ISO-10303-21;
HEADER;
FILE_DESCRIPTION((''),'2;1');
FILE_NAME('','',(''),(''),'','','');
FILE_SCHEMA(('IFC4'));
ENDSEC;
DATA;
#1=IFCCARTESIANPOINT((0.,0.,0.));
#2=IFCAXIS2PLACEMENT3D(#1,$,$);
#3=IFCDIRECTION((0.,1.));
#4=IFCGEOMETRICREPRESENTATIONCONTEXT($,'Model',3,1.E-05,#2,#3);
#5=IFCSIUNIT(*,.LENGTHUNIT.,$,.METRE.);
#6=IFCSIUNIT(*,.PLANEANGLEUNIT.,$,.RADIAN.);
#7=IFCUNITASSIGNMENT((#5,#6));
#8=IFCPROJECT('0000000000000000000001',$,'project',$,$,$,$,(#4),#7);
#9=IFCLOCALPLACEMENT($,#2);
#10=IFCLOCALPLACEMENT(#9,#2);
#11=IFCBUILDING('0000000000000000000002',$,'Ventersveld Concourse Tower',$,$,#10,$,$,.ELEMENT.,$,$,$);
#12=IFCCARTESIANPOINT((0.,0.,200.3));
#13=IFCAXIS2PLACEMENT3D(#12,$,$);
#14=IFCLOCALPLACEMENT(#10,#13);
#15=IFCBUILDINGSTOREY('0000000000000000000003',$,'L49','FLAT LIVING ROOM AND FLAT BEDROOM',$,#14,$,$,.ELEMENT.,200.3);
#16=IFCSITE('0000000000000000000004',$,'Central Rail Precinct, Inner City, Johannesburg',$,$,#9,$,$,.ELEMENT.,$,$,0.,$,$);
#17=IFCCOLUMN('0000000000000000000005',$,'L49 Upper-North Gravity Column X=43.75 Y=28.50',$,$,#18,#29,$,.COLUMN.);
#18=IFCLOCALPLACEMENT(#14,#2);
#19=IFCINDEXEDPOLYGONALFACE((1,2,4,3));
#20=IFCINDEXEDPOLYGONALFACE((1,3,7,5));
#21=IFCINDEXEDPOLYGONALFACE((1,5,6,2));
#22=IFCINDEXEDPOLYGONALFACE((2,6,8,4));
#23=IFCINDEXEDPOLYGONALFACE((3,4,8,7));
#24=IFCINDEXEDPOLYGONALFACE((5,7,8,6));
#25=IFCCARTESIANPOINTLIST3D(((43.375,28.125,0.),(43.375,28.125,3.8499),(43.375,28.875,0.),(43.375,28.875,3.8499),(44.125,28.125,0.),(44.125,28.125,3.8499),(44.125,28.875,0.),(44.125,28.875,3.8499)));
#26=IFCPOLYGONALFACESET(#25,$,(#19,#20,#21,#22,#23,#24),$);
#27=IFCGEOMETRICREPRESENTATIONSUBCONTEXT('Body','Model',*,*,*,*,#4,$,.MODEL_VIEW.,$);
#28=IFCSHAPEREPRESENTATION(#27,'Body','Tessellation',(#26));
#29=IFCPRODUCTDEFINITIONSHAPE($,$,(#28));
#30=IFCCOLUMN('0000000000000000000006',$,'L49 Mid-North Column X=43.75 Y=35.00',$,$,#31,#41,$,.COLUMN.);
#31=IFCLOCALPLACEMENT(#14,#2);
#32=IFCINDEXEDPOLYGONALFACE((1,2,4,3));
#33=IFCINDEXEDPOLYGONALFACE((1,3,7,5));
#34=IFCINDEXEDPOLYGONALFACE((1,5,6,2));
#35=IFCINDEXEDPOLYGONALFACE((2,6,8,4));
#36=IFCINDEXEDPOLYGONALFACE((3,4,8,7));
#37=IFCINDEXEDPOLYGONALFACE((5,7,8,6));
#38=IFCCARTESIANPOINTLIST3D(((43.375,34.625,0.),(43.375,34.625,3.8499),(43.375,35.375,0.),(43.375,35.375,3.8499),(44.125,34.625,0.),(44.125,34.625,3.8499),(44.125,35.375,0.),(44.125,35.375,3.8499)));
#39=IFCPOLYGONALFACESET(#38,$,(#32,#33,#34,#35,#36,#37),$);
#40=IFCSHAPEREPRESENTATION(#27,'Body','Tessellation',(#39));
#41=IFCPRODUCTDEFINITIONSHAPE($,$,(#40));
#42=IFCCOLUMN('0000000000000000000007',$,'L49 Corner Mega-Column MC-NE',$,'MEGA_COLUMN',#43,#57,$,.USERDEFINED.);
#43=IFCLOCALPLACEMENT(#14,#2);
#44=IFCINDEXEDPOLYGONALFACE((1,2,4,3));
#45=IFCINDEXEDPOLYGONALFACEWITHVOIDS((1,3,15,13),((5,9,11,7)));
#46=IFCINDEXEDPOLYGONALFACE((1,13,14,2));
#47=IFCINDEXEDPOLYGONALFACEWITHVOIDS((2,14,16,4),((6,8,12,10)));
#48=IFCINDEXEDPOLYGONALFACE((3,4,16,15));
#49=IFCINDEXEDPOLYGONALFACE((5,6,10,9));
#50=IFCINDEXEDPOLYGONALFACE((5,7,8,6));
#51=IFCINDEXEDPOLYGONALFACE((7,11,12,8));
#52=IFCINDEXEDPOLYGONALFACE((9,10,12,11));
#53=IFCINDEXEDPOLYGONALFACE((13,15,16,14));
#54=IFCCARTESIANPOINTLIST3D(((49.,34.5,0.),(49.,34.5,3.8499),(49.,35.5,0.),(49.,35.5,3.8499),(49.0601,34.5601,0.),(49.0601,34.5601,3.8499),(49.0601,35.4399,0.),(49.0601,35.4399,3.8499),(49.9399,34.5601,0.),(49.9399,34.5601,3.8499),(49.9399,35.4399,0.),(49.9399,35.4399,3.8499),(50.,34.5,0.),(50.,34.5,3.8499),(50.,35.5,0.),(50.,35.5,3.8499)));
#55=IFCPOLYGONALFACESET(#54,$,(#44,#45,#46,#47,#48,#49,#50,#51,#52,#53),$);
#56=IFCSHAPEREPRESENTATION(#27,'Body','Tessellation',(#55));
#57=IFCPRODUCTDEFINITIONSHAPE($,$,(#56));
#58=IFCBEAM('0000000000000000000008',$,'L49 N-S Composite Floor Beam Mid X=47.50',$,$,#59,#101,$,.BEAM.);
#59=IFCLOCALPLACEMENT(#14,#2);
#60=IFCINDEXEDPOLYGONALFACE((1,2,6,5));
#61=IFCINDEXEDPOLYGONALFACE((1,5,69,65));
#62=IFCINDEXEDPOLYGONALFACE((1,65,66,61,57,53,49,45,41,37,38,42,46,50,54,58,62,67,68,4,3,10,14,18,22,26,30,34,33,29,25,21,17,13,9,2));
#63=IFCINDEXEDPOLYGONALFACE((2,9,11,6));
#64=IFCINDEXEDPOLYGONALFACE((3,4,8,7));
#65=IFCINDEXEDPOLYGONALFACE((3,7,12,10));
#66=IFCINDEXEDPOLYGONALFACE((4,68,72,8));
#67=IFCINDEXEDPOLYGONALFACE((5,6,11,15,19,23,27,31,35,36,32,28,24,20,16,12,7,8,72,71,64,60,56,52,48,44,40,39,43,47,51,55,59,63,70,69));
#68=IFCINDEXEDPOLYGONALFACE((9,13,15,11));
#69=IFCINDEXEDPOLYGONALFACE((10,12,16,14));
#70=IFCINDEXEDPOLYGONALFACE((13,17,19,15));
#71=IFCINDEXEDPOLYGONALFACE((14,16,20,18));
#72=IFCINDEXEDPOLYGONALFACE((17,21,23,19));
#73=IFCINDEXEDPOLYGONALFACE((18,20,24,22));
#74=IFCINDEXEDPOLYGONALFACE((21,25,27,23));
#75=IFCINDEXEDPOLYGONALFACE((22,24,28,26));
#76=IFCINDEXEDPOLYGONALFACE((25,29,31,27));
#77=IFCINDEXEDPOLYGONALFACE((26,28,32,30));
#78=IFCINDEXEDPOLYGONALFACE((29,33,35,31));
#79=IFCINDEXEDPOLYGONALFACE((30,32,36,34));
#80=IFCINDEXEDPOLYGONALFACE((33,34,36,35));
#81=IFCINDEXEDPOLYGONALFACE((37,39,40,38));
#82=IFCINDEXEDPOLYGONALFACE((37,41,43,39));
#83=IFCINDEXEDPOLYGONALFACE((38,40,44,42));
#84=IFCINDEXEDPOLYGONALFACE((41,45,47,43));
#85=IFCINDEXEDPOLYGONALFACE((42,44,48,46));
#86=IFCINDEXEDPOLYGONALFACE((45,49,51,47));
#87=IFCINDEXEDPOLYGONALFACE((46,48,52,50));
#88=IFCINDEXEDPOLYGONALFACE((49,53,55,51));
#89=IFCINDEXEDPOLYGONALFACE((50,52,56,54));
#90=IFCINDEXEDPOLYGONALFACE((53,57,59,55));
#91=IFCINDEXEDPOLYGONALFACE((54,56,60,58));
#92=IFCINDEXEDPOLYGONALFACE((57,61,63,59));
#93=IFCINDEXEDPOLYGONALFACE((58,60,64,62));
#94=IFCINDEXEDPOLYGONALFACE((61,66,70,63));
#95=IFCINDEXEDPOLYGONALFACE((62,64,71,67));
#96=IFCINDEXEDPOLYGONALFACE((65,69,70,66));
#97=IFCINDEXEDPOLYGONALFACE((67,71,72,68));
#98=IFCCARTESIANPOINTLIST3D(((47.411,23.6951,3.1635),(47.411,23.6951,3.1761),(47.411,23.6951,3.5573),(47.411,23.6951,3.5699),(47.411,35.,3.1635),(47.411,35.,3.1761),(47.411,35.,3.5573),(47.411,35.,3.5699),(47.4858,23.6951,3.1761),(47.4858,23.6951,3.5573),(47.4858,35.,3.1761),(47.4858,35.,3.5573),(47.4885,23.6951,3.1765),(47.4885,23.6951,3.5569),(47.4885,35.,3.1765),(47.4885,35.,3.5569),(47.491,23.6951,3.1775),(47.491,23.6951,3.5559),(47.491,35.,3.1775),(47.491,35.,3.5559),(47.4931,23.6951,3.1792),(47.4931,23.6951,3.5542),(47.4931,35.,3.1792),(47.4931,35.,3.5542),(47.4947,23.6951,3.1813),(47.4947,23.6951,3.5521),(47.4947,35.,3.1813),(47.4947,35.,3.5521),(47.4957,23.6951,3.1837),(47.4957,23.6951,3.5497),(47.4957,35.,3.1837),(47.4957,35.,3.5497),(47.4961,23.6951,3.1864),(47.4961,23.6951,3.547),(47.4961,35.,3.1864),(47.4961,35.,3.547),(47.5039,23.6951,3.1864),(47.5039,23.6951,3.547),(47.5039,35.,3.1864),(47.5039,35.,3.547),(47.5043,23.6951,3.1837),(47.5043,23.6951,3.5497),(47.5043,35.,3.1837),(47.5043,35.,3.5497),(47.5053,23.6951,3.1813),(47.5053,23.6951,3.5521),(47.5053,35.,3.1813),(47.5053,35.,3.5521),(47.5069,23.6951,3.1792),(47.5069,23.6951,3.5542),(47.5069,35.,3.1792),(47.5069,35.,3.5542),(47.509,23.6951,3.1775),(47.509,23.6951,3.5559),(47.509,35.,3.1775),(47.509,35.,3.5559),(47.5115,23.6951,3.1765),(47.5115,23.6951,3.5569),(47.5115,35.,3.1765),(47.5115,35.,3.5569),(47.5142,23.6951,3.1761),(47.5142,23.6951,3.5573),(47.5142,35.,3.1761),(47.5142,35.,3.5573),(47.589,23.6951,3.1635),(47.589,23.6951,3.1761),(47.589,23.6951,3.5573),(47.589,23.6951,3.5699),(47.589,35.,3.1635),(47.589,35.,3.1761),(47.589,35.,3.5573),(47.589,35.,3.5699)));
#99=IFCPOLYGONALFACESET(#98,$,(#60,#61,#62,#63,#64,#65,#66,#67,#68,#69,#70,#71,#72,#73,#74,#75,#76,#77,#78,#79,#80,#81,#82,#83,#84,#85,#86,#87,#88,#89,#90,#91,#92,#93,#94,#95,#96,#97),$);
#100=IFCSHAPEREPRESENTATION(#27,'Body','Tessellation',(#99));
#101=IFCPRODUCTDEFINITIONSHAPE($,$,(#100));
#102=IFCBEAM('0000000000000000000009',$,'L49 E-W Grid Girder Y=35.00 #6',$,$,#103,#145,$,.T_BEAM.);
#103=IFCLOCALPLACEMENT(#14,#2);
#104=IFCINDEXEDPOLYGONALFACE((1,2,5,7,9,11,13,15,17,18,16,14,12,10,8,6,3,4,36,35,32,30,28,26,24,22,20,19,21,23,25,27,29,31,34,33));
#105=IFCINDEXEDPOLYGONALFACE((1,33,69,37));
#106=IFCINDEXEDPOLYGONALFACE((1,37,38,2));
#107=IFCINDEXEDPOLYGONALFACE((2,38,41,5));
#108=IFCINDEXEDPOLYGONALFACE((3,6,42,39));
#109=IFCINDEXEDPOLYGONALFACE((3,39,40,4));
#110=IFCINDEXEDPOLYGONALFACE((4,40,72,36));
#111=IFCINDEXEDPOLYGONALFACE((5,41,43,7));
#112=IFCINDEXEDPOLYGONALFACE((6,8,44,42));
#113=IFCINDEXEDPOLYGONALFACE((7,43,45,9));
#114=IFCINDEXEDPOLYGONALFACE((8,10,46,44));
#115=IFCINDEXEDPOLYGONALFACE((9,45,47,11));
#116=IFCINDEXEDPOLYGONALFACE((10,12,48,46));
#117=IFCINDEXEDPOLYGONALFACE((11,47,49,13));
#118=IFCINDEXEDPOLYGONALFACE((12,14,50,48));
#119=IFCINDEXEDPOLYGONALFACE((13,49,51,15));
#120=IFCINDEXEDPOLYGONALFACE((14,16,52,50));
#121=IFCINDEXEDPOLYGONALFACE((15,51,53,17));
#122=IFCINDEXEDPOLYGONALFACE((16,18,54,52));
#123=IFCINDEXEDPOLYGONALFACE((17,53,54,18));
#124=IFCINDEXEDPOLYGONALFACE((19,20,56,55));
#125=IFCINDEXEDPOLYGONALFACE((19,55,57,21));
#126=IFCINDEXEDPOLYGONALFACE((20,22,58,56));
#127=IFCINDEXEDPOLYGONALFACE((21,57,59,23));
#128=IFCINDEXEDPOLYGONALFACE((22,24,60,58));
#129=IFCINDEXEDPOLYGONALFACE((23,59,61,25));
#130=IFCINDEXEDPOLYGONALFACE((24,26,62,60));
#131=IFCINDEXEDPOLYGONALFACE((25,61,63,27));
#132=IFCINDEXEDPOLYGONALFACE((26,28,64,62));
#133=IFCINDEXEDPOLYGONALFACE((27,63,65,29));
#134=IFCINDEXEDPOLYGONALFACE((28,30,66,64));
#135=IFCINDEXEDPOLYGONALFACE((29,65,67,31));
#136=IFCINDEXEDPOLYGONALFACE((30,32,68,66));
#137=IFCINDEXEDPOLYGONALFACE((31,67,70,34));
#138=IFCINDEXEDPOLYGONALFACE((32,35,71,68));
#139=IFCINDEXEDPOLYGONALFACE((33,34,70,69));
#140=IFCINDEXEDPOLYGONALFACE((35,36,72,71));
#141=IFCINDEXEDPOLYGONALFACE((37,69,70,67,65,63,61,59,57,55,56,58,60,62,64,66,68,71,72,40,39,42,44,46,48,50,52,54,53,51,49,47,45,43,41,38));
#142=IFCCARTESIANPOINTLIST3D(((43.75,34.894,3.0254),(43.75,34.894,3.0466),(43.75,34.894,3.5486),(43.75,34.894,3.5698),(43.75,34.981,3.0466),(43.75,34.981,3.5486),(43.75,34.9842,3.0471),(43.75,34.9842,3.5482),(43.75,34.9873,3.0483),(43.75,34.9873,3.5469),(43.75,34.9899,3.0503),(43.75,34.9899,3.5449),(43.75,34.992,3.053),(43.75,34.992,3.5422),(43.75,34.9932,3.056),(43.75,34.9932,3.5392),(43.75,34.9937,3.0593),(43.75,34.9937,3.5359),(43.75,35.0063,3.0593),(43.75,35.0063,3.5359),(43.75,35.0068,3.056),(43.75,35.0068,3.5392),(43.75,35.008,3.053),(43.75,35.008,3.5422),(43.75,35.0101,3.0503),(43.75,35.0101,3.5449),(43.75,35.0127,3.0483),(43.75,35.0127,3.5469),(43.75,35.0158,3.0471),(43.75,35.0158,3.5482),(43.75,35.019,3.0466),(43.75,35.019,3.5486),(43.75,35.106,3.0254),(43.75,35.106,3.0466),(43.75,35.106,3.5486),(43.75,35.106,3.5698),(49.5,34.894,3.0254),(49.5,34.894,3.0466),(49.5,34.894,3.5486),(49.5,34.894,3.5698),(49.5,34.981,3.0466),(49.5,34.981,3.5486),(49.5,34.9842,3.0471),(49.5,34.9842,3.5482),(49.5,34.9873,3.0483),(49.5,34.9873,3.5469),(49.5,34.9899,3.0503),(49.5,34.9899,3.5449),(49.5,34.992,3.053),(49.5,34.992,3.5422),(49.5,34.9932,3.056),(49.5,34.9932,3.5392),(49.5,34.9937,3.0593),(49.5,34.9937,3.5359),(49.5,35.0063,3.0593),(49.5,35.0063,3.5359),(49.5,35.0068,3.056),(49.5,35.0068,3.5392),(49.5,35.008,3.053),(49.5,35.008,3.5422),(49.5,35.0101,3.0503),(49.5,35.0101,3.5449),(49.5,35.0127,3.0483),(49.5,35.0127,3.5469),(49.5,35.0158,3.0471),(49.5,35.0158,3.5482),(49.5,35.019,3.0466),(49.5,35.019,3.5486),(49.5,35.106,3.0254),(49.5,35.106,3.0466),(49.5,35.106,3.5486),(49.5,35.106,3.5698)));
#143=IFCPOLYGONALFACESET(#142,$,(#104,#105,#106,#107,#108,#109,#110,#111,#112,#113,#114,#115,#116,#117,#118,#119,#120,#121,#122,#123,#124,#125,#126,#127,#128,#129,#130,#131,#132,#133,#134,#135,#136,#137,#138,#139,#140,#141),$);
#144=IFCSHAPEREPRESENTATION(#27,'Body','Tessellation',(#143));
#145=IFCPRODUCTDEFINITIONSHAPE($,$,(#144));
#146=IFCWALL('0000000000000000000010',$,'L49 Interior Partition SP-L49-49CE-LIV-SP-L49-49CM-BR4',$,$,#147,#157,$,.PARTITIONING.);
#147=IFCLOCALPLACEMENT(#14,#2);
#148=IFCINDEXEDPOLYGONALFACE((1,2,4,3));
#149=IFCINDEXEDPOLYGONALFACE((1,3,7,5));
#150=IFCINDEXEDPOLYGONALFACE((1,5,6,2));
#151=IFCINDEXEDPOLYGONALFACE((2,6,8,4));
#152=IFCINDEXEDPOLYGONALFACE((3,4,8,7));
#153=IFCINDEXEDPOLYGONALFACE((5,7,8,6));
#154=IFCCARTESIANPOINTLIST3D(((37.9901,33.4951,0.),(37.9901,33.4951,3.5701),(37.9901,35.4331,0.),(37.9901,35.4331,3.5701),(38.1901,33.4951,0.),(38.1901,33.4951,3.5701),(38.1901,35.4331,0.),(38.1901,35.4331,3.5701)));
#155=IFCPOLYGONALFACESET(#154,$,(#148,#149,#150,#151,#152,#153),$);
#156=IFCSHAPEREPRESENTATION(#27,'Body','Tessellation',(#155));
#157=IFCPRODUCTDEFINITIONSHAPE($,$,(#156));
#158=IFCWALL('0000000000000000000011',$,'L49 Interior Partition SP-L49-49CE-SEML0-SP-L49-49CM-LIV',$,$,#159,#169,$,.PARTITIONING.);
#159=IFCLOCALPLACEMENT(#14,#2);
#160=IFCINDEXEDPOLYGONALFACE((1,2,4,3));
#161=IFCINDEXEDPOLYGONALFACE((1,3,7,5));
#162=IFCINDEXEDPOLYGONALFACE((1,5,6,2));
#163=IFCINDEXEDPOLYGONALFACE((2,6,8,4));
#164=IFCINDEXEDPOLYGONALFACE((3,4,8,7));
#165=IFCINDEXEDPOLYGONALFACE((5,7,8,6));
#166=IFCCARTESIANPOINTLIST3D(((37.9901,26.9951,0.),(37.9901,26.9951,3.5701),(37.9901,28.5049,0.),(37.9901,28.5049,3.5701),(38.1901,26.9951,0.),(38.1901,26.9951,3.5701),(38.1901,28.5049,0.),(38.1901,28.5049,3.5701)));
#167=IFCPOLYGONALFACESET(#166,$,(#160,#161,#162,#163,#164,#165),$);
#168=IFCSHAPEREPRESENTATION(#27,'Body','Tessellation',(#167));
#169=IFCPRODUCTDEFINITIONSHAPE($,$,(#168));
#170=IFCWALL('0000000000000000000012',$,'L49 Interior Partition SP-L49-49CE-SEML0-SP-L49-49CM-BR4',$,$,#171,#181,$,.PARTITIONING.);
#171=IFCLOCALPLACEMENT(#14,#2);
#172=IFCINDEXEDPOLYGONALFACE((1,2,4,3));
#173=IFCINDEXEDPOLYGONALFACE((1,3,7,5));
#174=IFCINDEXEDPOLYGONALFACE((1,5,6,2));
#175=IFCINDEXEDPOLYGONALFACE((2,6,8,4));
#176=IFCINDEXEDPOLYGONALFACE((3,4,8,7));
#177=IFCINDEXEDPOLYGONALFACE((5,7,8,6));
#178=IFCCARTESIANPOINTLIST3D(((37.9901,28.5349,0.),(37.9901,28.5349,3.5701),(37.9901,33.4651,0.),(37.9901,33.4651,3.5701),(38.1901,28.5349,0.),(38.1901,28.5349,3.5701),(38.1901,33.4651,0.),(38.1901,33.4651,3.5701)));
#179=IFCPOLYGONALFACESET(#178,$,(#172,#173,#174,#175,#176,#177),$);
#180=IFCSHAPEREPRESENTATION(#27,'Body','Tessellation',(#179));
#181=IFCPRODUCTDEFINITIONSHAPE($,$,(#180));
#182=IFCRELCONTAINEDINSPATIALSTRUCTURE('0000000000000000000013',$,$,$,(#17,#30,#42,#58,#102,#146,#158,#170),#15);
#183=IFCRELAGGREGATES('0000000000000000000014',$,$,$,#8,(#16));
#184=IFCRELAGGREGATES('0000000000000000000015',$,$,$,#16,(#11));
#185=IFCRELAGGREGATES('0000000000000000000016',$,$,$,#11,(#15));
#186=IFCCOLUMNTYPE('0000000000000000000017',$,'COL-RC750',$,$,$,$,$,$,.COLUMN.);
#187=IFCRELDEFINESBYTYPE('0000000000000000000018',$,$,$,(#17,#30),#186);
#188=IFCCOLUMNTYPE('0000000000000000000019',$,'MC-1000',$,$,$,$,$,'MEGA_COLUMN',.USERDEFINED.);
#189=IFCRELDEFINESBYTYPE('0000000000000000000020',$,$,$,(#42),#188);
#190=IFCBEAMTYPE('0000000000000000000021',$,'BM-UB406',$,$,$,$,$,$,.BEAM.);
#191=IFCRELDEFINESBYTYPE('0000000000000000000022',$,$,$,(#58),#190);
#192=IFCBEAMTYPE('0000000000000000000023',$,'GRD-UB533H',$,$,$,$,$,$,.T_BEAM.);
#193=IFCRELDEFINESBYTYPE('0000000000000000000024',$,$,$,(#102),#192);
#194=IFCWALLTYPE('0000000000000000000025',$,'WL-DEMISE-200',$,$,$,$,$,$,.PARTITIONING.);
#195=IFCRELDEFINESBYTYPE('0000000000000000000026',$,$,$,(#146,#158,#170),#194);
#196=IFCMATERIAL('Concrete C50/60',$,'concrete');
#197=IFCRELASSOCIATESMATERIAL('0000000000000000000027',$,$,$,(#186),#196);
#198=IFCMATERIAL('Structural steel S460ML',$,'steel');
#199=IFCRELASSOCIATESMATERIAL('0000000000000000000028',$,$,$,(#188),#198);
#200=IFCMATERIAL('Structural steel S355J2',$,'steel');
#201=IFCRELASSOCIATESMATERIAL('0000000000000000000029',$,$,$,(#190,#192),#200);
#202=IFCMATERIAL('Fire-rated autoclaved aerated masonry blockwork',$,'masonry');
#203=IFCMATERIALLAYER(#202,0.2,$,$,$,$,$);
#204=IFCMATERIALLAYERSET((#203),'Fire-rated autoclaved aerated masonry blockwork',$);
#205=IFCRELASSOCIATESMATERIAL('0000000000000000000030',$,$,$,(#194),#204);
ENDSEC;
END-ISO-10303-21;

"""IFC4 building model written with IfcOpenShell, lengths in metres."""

from ifc_helpers import new_model, si_unit, direction, frame, frame_2d, origin, origin_2d, place, context, subcontext, project, spatial, rectangle, hollow_rectangle, i_section, extrude, material, layer, layer_set, material_profile, profile_set, type_object, element, save


model = new_model("IFC4")

# Units and contexts
model_context = context("Model", 3, precision=1e-05, world=origin(), true_north=direction((0.0, 1.0)))
body_context = subcontext(model_context, "Body", "Model", "MODEL_VIEW")
ifc_project = project(units=[si_unit("LENGTHUNIT", "METRE"), si_unit("PLANEANGLEUNIT", "RADIAN")], contexts=[model_context])

# Site, building, storey
site_placement = place(None, origin())
site = spatial("IfcSite", under=ifc_project, at=site_placement, Name="Central Rail Precinct, Inner City, Johannesburg", CompositionType="ELEMENT", RefElevation=0.0)
building_placement = place(site_placement, origin())
building = spatial("IfcBuilding", under=site, at=building_placement, Name="Ventersveld Concourse Tower", CompositionType="ELEMENT")
storey_placement = place(building_placement, frame((0.0, 0.0, 200.3)))
storey = spatial("IfcBuildingStorey", under=building, at=storey_placement, Name="L49", Description="FLAT LIVING ROOM AND FLAT BEDROOM", CompositionType="ELEMENT", Elevation=200.3)

# Columns
ifc_material_1 = material(Name="Concrete C50/60", Category="concrete")
ifc_material_profile_1 = material_profile(ifc_material_1, rectangle(XDim=0.75, YDim=0.75, at=origin_2d()), Name="RC 750x750")
ifc_profile_set_1 = profile_set([ifc_material_profile_1], Name="Concrete C50/60")
column_type_1 = type_object("IfcColumnType", Name="COL-RC750", PredefinedType="COLUMN", material=ifc_profile_set_1)
for number, where, z_axis, x_axis, name in (
    (1, (43.75, 28.5, 0.0), (0.0, 0.0, 1.0), (1.0, 0.0, 0.0), "L49 Upper-North Gravity Column X=43.75 Y=28.50"),
    (2, (43.75, 35.0, 0.0), (0.0, 0.0, 1.0), (1.0, 0.0, 0.0), "L49 Mid-North Column X=43.75 Y=35.00"),
):
    element("IfcColumn", number, at=place(storey_placement, frame(where, z_axis=z_axis, x_axis=x_axis)), inside=storey, type_object=column_type_1, Name=name, PredefinedType="COLUMN", context=body_context, shape_type="SweptSolid", body=[
        extrude(rectangle(XDim=0.75, YDim=0.75, at=origin_2d()), origin(), (0.0, 0.0, 1.0), 3.8499),
    ])
ifc_material_2 = material(Name="Structural steel S460ML", Category="steel")
ifc_material_profile_2 = material_profile(ifc_material_2, hollow_rectangle(XDim=1.0, YDim=1.0, WallThickness=0.0601, at=origin_2d()), Name="BOX 1000x1000x60")
ifc_profile_set_2 = profile_set([ifc_material_profile_2], Name="Structural steel S460ML")
column_type_2 = type_object("IfcColumnType", Name="MC-1000", ElementType="MEGA_COLUMN", PredefinedType="USERDEFINED", material=ifc_profile_set_2)
column_placement = place(storey_placement, frame((49.5, 35.0, 0.0), z_axis=(0.0, 0.0, 1.0), x_axis=(1.0, 0.0, 0.0)))
element("IfcColumn", 3, at=column_placement, inside=storey, type_object=column_type_2, Name="L49 Corner Mega-Column MC-NE", ObjectType="MEGA_COLUMN", PredefinedType="USERDEFINED", context=body_context, shape_type="SweptSolid", body=[
    extrude(hollow_rectangle(XDim=1.0, YDim=1.0, WallThickness=0.0601, at=origin_2d()), origin(), (0.0, 0.0, 1.0), 3.8499),
])

# Beams
ifc_material_3 = material(Name="Structural steel S355J2", Category="steel")
ifc_material_profile_3 = material_profile(ifc_material_3, i_section(OverallWidth=0.178, OverallDepth=0.4065, WebThickness=0.0078, FlangeThickness=0.0127, FilletRadius=0.0103, at=origin_2d()), Name="UB 406x178x60")
ifc_profile_set_3 = profile_set([ifc_material_profile_3], Name="Structural steel S355J2")
beam_type_1 = type_object("IfcBeamType", Name="BM-UB406", PredefinedType="BEAM", material=ifc_profile_set_3)
beam_1_placement = place(storey_placement, frame((47.5, 23.6951, 3.3667), z_axis=(0.0, 1.0, 0.0), x_axis=(-1.0, 0.0, 0.0)))
element("IfcBeam", 4, at=beam_1_placement, inside=storey, type_object=beam_type_1, Name="L49 N-S Composite Floor Beam Mid X=47.50", PredefinedType="BEAM", context=body_context, shape_type="SweptSolid", body=[
    extrude(i_section(OverallWidth=0.178, OverallDepth=0.4065, WebThickness=0.0078, FlangeThickness=0.0127, FilletRadius=0.0103, at=origin_2d()), origin(), (0.0, 0.0, 1.0), 11.3049),
])
ifc_material_profile_4 = material_profile(ifc_material_3, i_section(OverallWidth=0.2119, OverallDepth=0.5444, WebThickness=0.0127, FlangeThickness=0.0212, FilletRadius=0.0127, at=origin_2d()), Name="UB 533x210x122")
ifc_profile_set_4 = profile_set([ifc_material_profile_4], Name="Structural steel S355J2")
beam_type_2 = type_object("IfcBeamType", Name="GRD-UB533H", PredefinedType="T_BEAM", material=ifc_profile_set_4)
beam_2_placement = place(storey_placement, frame((43.75, 35.0, 3.2976), z_axis=(1.0, 0.0, 0.0), x_axis=(0.0, 1.0, 0.0)))
element("IfcBeam", 5, at=beam_2_placement, inside=storey, type_object=beam_type_2, Name="L49 E-W Grid Girder Y=35.00 #6", PredefinedType="T_BEAM", context=body_context, shape_type="SweptSolid", body=[
    extrude(i_section(OverallWidth=0.2119, OverallDepth=0.5444, WebThickness=0.0127, FlangeThickness=0.0212, FilletRadius=0.0127, at=origin_2d()), origin(), (0.0, 0.0, 1.0), 5.75),
])

# Walls
ifc_material_4 = material(Name="Fire-rated autoclaved aerated masonry blockwork", Category="masonry")
ifc_layer_1 = layer(ifc_material_4, 0.2)
ifc_layer_set_1 = layer_set([ifc_layer_1], Name="Fire-rated autoclaved aerated masonry blockwork")
wall_type_1 = type_object("IfcWallType", Name="WL-DEMISE-200", PredefinedType="PARTITIONING", material=ifc_layer_set_1)
wall_1_placement = place(storey_placement, frame((38.0901, 33.4951, 0.0), z_axis=(0.0, 0.0, 1.0), x_axis=(0.0, 1.0, 0.0)))
element("IfcWall", 6, at=wall_1_placement, inside=storey, type_object=wall_type_1, Name="L49 Interior Partition SP-L49-49CE-LIV-SP-L49-49CM-BR4", PredefinedType="PARTITIONING", context=body_context, shape_type="SweptSolid", body=[
    extrude(rectangle(XDim=1.938, YDim=0.2, at=frame_2d((0.969, 0.0))), origin(), (0.0, 0.0, 1.0), 3.5701),
])
wall_2_placement = place(storey_placement, frame((38.0901, 26.9951, 0.0), z_axis=(0.0, 0.0, 1.0), x_axis=(0.0, 1.0, 0.0)))
element("IfcWall", 7, at=wall_2_placement, inside=storey, type_object=wall_type_1, Name="L49 Interior Partition SP-L49-49CE-SEML0-SP-L49-49CM-LIV", PredefinedType="PARTITIONING", context=body_context, shape_type="SweptSolid", body=[
    extrude(rectangle(XDim=1.5098, YDim=0.2, at=frame_2d((0.7549, 0.0))), origin(), (0.0, 0.0, 1.0), 3.5701),
])
wall_3_placement = place(storey_placement, frame((38.0901, 28.5349, 0.0), z_axis=(0.0, 0.0, 1.0), x_axis=(0.0, 1.0, 0.0)))
element("IfcWall", 8, at=wall_3_placement, inside=storey, type_object=wall_type_1, Name="L49 Interior Partition SP-L49-49CE-SEML0-SP-L49-49CM-BR4", PredefinedType="PARTITIONING", context=body_context, shape_type="SweptSolid", body=[
    extrude(rectangle(XDim=4.9302, YDim=0.2, at=frame_2d((2.4651, 0.0))), origin(), (0.0, 0.0, 1.0), 3.5701),
])

save(model, "model.ifc")
